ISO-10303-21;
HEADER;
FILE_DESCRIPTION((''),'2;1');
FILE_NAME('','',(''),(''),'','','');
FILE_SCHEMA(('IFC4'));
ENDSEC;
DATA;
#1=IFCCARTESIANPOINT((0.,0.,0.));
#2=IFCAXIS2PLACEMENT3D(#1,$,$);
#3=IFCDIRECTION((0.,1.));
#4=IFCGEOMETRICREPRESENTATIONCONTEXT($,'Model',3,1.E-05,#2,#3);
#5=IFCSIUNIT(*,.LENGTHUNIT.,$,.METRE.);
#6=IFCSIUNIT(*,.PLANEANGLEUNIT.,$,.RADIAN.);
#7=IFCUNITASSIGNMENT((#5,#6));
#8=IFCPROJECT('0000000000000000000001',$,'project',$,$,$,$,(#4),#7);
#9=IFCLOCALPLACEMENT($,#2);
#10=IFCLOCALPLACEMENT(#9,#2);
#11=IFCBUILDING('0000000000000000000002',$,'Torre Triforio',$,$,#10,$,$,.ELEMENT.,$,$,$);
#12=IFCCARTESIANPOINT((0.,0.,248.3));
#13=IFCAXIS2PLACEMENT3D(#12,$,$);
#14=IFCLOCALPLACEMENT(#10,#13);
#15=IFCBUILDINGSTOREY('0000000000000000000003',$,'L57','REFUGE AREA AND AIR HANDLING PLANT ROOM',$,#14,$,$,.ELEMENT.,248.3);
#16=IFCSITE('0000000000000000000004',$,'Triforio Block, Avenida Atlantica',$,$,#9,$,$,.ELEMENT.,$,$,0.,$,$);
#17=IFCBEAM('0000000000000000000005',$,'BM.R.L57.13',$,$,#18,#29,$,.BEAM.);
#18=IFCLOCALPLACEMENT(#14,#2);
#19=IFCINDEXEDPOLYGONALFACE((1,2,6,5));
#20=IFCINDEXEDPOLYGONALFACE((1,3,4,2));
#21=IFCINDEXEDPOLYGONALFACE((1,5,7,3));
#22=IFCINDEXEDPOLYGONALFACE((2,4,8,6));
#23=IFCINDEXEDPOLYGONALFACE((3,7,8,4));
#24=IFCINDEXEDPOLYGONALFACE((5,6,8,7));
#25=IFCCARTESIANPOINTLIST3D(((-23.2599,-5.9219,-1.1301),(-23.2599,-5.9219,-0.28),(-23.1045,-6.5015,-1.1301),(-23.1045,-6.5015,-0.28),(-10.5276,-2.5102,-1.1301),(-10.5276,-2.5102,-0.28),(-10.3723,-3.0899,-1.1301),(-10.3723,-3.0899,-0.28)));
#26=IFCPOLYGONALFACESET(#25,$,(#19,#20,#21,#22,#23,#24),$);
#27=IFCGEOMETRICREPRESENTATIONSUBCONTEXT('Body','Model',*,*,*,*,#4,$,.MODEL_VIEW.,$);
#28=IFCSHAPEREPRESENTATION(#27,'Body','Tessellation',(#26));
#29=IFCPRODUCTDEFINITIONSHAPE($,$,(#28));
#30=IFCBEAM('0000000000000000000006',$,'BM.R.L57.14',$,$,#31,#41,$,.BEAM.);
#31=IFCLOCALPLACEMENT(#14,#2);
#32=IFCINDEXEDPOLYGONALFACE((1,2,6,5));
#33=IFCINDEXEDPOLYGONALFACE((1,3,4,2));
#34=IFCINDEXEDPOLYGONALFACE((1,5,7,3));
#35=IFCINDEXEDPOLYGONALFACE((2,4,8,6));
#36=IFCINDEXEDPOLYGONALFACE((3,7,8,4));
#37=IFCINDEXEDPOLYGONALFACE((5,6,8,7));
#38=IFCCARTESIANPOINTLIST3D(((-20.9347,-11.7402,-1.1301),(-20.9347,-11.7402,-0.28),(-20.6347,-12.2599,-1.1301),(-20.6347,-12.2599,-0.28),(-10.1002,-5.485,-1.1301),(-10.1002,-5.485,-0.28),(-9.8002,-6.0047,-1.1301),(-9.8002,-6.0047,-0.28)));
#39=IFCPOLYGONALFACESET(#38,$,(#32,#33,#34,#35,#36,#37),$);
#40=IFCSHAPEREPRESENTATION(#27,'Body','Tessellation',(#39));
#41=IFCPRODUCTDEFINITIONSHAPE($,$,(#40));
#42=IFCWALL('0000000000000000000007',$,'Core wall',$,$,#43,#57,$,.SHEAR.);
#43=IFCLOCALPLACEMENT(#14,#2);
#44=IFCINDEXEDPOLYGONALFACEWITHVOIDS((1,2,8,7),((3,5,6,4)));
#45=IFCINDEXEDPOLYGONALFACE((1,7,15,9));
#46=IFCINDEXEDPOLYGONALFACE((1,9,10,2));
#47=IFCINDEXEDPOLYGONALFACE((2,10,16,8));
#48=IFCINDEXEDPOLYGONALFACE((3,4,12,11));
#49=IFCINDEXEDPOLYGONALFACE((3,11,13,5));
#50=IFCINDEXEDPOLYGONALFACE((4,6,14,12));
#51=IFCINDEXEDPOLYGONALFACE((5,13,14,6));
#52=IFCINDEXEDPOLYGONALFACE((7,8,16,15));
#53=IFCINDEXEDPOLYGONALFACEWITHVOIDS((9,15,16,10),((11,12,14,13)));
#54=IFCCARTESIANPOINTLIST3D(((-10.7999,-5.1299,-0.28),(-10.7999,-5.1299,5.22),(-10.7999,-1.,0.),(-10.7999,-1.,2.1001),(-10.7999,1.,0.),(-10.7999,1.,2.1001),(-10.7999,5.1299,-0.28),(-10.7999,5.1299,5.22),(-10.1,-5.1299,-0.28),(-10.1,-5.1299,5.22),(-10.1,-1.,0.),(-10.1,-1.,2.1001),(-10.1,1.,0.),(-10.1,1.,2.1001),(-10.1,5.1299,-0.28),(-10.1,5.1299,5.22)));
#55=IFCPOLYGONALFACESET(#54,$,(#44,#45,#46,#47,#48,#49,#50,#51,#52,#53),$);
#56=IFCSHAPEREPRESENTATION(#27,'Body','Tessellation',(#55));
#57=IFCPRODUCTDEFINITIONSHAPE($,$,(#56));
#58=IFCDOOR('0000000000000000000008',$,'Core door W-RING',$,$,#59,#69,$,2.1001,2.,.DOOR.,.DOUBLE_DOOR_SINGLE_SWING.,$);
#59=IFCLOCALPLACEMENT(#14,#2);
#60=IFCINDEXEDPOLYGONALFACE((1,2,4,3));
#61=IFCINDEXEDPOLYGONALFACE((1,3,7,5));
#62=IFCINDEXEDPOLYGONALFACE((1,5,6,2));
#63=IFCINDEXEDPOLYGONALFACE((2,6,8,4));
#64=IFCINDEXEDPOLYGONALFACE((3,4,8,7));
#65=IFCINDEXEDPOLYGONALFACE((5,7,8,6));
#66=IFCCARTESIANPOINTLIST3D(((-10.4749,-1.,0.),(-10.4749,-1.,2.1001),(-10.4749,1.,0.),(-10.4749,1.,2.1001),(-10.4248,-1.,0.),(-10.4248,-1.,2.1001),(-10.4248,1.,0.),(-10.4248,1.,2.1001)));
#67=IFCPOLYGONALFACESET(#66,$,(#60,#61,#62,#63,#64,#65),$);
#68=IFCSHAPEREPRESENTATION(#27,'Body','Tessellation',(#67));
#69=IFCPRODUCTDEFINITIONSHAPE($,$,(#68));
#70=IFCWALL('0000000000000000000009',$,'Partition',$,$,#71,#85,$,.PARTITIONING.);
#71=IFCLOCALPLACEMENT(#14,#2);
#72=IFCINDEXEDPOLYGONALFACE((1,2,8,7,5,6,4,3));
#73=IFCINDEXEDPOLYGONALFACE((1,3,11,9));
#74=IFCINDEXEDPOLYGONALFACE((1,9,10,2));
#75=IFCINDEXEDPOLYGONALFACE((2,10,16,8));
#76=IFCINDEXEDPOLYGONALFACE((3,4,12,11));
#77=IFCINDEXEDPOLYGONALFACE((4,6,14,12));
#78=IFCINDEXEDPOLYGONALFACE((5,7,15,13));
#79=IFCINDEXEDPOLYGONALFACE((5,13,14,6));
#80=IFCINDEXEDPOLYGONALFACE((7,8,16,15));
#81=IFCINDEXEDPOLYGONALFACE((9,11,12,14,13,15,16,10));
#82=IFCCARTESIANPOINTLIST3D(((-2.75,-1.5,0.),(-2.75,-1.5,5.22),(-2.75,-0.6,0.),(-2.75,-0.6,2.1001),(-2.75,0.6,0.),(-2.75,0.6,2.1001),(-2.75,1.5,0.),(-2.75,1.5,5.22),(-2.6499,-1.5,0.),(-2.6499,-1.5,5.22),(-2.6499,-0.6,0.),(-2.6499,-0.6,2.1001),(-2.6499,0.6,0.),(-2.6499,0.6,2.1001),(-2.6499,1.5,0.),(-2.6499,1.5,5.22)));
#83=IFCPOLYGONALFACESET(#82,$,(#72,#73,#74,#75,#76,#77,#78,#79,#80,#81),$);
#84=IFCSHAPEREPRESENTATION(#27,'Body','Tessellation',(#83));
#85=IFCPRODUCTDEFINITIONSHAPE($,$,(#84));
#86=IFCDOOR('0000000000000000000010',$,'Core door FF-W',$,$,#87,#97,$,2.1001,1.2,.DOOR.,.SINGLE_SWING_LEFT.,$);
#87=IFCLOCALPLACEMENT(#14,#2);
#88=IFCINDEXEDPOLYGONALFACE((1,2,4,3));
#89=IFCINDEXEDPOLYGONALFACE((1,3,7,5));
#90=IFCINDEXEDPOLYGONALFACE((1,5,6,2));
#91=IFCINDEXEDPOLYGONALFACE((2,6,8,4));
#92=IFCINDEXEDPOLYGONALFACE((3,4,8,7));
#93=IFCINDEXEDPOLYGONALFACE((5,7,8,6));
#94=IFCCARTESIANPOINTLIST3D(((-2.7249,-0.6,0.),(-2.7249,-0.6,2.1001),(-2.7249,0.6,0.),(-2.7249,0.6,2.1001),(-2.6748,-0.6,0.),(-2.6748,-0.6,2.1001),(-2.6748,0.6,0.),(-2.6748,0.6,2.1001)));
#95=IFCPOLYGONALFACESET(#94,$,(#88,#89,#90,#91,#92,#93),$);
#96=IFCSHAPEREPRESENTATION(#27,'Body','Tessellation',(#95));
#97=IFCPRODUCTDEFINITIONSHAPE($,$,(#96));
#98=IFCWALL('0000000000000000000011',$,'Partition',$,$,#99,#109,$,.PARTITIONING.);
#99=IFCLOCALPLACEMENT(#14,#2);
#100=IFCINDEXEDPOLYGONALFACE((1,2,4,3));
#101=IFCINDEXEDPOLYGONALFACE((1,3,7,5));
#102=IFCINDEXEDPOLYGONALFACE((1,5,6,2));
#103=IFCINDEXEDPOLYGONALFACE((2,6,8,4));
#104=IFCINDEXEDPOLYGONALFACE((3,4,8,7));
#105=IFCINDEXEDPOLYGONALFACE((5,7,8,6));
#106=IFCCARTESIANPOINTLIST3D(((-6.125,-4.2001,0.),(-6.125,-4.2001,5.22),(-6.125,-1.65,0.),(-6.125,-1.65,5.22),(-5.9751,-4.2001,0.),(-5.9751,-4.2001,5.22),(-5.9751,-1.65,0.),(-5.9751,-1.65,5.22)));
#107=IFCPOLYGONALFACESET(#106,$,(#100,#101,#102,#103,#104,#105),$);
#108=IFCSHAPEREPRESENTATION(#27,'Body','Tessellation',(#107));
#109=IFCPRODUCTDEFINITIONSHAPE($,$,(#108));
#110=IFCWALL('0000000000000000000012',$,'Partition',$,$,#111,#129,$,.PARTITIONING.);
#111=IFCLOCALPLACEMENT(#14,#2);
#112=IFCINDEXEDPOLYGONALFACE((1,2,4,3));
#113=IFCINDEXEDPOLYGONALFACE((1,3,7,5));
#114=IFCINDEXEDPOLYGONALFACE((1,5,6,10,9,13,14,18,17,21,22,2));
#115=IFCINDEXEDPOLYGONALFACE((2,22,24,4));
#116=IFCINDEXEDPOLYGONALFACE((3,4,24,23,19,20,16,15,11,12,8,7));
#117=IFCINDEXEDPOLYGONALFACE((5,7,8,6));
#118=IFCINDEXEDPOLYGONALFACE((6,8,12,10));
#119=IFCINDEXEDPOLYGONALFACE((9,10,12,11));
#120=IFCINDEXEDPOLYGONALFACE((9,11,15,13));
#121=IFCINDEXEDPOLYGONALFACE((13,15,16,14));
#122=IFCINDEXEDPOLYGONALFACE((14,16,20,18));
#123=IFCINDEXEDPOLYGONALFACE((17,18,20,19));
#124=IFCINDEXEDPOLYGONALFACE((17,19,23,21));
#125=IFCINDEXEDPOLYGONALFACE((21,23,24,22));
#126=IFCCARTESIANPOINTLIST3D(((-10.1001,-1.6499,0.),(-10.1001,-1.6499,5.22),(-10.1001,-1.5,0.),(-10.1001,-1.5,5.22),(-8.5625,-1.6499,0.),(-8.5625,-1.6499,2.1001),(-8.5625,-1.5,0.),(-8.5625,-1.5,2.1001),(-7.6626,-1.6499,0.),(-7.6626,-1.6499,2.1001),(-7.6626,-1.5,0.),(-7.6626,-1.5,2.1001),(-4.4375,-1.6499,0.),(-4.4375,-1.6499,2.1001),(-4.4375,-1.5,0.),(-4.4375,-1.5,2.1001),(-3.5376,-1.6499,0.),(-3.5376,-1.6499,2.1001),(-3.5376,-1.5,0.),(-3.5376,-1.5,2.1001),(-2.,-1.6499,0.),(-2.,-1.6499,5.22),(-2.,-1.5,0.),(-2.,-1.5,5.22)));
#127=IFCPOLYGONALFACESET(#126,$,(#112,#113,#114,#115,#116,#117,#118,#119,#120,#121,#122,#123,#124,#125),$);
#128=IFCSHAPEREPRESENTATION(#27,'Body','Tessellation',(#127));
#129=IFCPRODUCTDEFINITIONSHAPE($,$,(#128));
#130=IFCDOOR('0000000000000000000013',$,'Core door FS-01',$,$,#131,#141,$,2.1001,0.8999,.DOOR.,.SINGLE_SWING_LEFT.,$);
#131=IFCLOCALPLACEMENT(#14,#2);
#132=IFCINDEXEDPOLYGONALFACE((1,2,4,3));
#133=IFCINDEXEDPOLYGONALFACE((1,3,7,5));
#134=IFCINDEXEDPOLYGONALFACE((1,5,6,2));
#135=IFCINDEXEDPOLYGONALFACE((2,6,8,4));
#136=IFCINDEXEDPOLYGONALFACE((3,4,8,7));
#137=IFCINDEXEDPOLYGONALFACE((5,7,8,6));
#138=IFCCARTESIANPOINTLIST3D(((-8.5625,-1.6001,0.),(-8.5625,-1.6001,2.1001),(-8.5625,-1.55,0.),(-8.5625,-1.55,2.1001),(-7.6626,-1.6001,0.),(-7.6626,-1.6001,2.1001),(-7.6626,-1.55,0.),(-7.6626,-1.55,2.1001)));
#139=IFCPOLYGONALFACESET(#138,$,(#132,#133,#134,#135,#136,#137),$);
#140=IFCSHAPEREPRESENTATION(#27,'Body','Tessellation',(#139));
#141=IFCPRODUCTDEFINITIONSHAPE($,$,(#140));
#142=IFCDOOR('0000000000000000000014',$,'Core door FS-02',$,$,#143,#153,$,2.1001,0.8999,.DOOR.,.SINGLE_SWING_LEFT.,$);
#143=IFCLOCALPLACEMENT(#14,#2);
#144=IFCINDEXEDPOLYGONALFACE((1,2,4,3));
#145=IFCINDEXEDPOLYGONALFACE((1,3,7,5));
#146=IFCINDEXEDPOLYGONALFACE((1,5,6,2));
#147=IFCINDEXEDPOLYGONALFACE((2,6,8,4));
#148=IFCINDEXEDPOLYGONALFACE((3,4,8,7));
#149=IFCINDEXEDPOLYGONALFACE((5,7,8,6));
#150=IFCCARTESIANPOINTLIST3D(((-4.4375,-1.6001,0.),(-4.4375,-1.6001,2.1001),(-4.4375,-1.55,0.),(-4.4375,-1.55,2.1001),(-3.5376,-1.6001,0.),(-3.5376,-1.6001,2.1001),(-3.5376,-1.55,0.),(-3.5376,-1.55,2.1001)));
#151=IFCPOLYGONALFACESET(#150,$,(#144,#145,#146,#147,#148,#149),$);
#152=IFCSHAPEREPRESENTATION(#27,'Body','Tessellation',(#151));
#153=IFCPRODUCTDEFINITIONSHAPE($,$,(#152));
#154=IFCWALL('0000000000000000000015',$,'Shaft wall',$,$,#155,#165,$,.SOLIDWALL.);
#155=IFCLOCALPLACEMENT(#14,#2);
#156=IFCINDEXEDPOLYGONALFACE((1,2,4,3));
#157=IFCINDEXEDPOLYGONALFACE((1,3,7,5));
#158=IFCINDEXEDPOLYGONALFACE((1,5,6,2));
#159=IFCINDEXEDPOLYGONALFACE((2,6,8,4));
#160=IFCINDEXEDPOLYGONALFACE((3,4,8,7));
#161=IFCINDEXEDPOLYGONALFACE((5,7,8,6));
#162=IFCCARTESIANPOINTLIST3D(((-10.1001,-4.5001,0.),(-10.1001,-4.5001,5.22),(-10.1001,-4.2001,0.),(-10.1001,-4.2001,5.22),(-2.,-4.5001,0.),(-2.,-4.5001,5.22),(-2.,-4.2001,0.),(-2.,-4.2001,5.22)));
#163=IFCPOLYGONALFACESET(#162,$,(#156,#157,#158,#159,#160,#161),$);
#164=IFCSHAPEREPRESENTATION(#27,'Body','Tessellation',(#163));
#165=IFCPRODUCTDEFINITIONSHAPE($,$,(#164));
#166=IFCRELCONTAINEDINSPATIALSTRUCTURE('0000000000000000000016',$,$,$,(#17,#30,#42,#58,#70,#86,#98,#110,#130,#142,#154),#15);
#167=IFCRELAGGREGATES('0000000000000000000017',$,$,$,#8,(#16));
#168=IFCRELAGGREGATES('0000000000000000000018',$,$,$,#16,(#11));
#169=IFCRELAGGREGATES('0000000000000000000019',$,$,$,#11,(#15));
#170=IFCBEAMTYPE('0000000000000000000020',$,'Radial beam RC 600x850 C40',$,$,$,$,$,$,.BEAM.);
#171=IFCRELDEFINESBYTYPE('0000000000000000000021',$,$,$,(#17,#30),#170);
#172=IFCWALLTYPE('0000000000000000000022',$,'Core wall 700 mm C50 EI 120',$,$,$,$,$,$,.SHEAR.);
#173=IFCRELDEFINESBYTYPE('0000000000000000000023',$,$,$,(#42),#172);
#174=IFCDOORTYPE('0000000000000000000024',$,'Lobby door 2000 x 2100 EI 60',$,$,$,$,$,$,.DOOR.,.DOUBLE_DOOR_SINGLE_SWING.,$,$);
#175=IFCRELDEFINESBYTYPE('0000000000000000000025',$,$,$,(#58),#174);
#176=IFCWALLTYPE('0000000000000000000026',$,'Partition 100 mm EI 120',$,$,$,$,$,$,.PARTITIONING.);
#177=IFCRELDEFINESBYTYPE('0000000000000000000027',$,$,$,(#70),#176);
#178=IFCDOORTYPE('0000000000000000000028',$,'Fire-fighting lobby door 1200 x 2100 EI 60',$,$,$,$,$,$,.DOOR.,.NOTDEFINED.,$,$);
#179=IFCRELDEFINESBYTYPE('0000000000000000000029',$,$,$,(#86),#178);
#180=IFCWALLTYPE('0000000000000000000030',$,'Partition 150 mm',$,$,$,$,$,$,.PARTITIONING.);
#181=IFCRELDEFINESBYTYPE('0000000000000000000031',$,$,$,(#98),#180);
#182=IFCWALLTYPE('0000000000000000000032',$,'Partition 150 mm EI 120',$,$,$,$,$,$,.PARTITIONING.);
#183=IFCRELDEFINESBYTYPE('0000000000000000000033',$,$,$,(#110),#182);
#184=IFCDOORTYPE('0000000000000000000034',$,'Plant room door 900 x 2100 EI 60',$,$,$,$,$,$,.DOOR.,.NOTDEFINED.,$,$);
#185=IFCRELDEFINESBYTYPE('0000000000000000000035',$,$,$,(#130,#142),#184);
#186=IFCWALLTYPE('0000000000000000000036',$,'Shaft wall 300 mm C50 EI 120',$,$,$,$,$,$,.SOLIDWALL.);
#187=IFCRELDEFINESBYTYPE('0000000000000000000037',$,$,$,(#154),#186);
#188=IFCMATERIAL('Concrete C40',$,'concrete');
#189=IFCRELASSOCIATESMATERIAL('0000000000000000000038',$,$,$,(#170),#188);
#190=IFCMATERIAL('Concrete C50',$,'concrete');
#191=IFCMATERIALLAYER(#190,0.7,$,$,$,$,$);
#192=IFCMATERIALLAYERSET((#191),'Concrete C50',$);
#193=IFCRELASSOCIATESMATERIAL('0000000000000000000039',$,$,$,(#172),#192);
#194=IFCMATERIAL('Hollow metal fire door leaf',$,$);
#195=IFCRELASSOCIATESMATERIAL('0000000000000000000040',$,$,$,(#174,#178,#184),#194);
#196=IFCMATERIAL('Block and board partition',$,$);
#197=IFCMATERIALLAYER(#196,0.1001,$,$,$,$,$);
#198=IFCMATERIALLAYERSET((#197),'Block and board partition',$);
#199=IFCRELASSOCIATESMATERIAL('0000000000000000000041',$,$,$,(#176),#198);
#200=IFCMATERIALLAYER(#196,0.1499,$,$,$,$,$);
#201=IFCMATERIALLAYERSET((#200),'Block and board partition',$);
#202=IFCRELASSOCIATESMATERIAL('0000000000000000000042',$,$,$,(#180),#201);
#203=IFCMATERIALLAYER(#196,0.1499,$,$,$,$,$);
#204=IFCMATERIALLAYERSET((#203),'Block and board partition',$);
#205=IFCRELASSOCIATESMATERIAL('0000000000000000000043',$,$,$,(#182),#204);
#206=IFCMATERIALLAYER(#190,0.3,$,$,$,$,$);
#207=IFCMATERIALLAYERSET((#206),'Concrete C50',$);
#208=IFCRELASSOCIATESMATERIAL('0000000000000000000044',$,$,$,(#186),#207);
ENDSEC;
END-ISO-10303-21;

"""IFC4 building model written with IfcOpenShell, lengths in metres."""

from ifc_helpers import new_model, si_unit, direction, frame, frame_2d, origin, origin_2d, place, context, subcontext, project, spatial, rectangle, extrude, material, layer, layer_set, material_profile, profile_set, type_object, element, fill, save


model = new_model("IFC4")

# Units and contexts
model_context = context("Model", 3, precision=1e-05, world=origin(), true_north=direction((0.0, 1.0)))
body_context = subcontext(model_context, "Body", "Model", "MODEL_VIEW")
ifc_project = project(units=[si_unit("LENGTHUNIT", "METRE"), si_unit("PLANEANGLEUNIT", "RADIAN")], contexts=[model_context])

# Site, building, storey
site_placement = place(None, origin())
site = spatial("IfcSite", under=ifc_project, at=site_placement, Name="Triforio Block, Avenida Atlantica", CompositionType="ELEMENT", RefElevation=0.0)
building_placement = place(site_placement, origin())
building = spatial("IfcBuilding", under=site, at=building_placement, Name="Torre Triforio", CompositionType="ELEMENT")
storey_placement = place(building_placement, frame((0.0, 0.0, 248.3)))
storey = spatial("IfcBuildingStorey", under=building, at=storey_placement, Name="L57", Description="REFUGE AREA AND AIR HANDLING PLANT ROOM", CompositionType="ELEMENT", Elevation=248.3)

# Beams
ifc_material_1 = material(Name="Concrete C40", Category="concrete")
ifc_material_profile = material_profile(ifc_material_1, rectangle(XDim=0.6001, YDim=0.8501, at=origin_2d()), Name="RC 600x850")
ifc_profile_set = profile_set([ifc_material_profile], Name="Concrete C40")
beam_type = type_object("IfcBeamType", Name="Radial beam RC 600x850 C40", PredefinedType="BEAM", material=ifc_profile_set)
beam_1_placement = place(storey_placement, frame((-10.45, -2.8, -0.7051), z_axis=(-0.965925, -0.258822, 0.0), x_axis=(0.258822, -0.965925, 0.0)))
element("IfcBeam", 1, at=beam_1_placement, inside=storey, type_object=beam_type, Name="BM.R.L57.13", PredefinedType="BEAM", context=body_context, shape_type="SweptSolid", body=[
    extrude(rectangle(XDim=0.6001, YDim=0.8501, at=origin_2d()), origin(), (0.0, 0.0, 1.0), 13.1814),
])
beam_2_placement = place(storey_placement, frame((-9.9502, -5.7449, -0.7051), z_axis=(-0.866031, -0.49999, 0.0), x_axis=(0.49999, -0.866031, 0.0)))
element("IfcBeam", 2, at=beam_2_placement, inside=storey, type_object=beam_type, Name="BM.R.L57.14", PredefinedType="BEAM", context=body_context, shape_type="SweptSolid", body=[
    extrude(rectangle(XDim=0.6001, YDim=0.8501, at=origin_2d()), origin(), (0.0, 0.0, 1.0), 12.5105),
])

# Walls, openings, doors
ifc_material_2 = material(Name="Concrete C50", Category="concrete")
ifc_layer_1 = layer(ifc_material_2, 0.7)
ifc_layer_set_1 = layer_set([ifc_layer_1], Name="Concrete C50")
wall_type_1 = type_object("IfcWallType", Name="Core wall 700 mm C50 EI 120", PredefinedType="SHEAR", material=ifc_layer_set_1)
wall_1_placement = place(storey_placement, frame((-10.45, -5.1299, -0.28), z_axis=(0.0, 0.0, 1.0), x_axis=(0.0, 1.0, 0.0)))
wall_1 = element("IfcWall", 3, at=wall_1_placement, inside=storey, type_object=wall_type_1, Name="Core wall", PredefinedType="SHEAR", context=body_context, shape_type="SweptSolid", body=[
    extrude(rectangle(XDim=10.2598, YDim=0.7, at=frame_2d((5.1299, 0.0))), origin(), (0.0, 0.0, 1.0), 5.5),
])
opening_1_placement = place(wall_1_placement, frame((4.1299, 0.0, 0.28)))
opening_1 = element("IfcOpeningElement", 4, at=opening_1_placement, cuts=wall_1, PredefinedType="OPENING", context=body_context, shape_type="SweptSolid", body=[
    extrude(rectangle(XDim=2.0, YDim=2.1001, at=frame_2d((1.0, 1.05))), frame((0.0, 0.3599, 0.0), z_axis=(0.0, -1.0, 0.0), x_axis=(1.0, 0.0, 0.0)), (0.0, 0.0, 1.0), 0.72),
])
ifc_material_3 = material(Name="Hollow metal fire door leaf")
door_type_1 = type_object("IfcDoorType", Name="Lobby door 2000 x 2100 EI 60", OperationType="DOUBLE_DOOR_SINGLE_SWING", PredefinedType="DOOR", material=ifc_material_3)
door_1_placement = place(opening_1_placement, origin())
door_1 = element("IfcDoor", 5, at=door_1_placement, inside=storey, type_object=door_type_1, Name="Core door W-RING", OperationType="DOUBLE_DOOR_SINGLE_SWING", OverallHeight=2.1001, OverallWidth=2.0, PredefinedType="DOOR", context=body_context, shape_type="SweptSolid", body=[
    extrude(rectangle(XDim=2.0, YDim=2.1001, at=frame_2d((1.0, 1.05))), frame((0.0, 0.0249, 0.0), z_axis=(0.0, -1.0, 0.0), x_axis=(1.0, 0.0, 0.0)), (0.0, 0.0, 1.0), 0.05),
])
fill(opening_1, door_1)
ifc_material_4 = material(Name="Block and board partition")
ifc_layer_2 = layer(ifc_material_4, 0.1001)
ifc_layer_set_2 = layer_set([ifc_layer_2], Name="Block and board partition")
wall_type_2 = type_object("IfcWallType", Name="Partition 100 mm EI 120", PredefinedType="PARTITIONING", material=ifc_layer_set_2)
wall_2_placement = place(storey_placement, frame((-2.7, -1.5, 0.0), z_axis=(0.0, 0.0, 1.0), x_axis=(0.0, 1.0, 0.0)))
wall_2 = element("IfcWall", 6, at=wall_2_placement, inside=storey, type_object=wall_type_2, Name="Partition", PredefinedType="PARTITIONING", context=body_context, shape_type="SweptSolid", body=[
    extrude(rectangle(XDim=3.0, YDim=0.1001, at=frame_2d((1.5, 0.0))), origin(), (0.0, 0.0, 1.0), 5.22),
])
opening_2_placement = place(wall_2_placement, frame((0.8999, 0.0, 0.0)))
opening_2 = element("IfcOpeningElement", 7, at=opening_2_placement, cuts=wall_2, PredefinedType="OPENING", context=body_context, shape_type="SweptSolid", body=[
    extrude(rectangle(XDim=1.2, YDim=2.1001, at=frame_2d((0.6001, 1.05))), frame((0.0, 0.0601, 0.0), z_axis=(0.0, -1.0, 0.0), x_axis=(1.0, 0.0, 0.0)), (0.0, 0.0, 1.0), 0.1201),
])
door_type_2 = type_object("IfcDoorType", Name="Fire-fighting lobby door 1200 x 2100 EI 60", OperationType="NOTDEFINED", PredefinedType="DOOR", material=ifc_material_3)
door_2_placement = place(opening_2_placement, origin())
door_2 = element("IfcDoor", 8, at=door_2_placement, inside=storey, type_object=door_type_2, Name="Core door FF-W", OperationType="SINGLE_SWING_LEFT", OverallHeight=2.1001, OverallWidth=1.2, PredefinedType="DOOR", context=body_context, shape_type="SweptSolid", body=[
    extrude(rectangle(XDim=1.2, YDim=2.1001, at=frame_2d((0.6001, 1.05))), frame((0.0, 0.0249, 0.0), z_axis=(0.0, -1.0, 0.0), x_axis=(1.0, 0.0, 0.0)), (0.0, 0.0, 1.0), 0.05),
])
fill(opening_2, door_2)

# Wall
ifc_layer_3 = layer(ifc_material_4, 0.1499)
ifc_layer_set_3 = layer_set([ifc_layer_3], Name="Block and board partition")
wall_type_3 = type_object("IfcWallType", Name="Partition 150 mm", PredefinedType="PARTITIONING", material=ifc_layer_set_3)
wall_3_placement = place(storey_placement, frame((-6.05, -4.2, 0.0), z_axis=(0.0, 0.0, 1.0), x_axis=(0.0, 1.0, 0.0)))
element("IfcWall", 9, at=wall_3_placement, inside=storey, type_object=wall_type_3, Name="Partition", PredefinedType="PARTITIONING", context=body_context, shape_type="SweptSolid", body=[
    extrude(rectangle(XDim=2.55, YDim=0.1499, at=frame_2d((1.2749, 0.0))), origin(), (0.0, 0.0, 1.0), 5.22),
])

# Wall, openings, doors
ifc_layer_4 = layer(ifc_material_4, 0.1499)
ifc_layer_set_4 = layer_set([ifc_layer_4], Name="Block and board partition")
wall_type_4 = type_object("IfcWallType", Name="Partition 150 mm EI 120", PredefinedType="PARTITIONING", material=ifc_layer_set_4)
wall_4_placement = place(storey_placement, frame((-10.1001, -1.575, 0.0), z_axis=(0.0, 0.0, 1.0), x_axis=(1.0, 0.0, 0.0)))
wall_4 = element("IfcWall", 10, at=wall_4_placement, inside=storey, type_object=wall_type_4, Name="Partition", PredefinedType="PARTITIONING", context=body_context, shape_type="SweptSolid", body=[
    extrude(rectangle(XDim=8.1001, YDim=0.1499, at=frame_2d((4.05, 0.0))), origin(), (0.0, 0.0, 1.0), 5.22),
])
opening_3_placement = place(wall_4_placement, frame((1.5376, 0.0, 0.0)))
opening_3 = element("IfcOpeningElement", 11, at=opening_3_placement, cuts=wall_4, PredefinedType="OPENING", context=body_context, shape_type="SweptSolid", body=[
    extrude(rectangle(XDim=0.8999, YDim=2.1001, at=frame_2d((0.45, 1.05))), frame((0.0, 0.085, 0.0), z_axis=(0.0, -1.0, 0.0), x_axis=(1.0, 0.0, 0.0)), (0.0, 0.0, 1.0), 0.1699),
])
opening_4_placement = place(wall_4_placement, frame((5.6626, 0.0, 0.0)))
opening_4 = element("IfcOpeningElement", 12, at=opening_4_placement, cuts=wall_4, PredefinedType="OPENING", context=body_context, shape_type="SweptSolid", body=[
    extrude(rectangle(XDim=0.8999, YDim=2.1001, at=frame_2d((0.45, 1.05))), frame((0.0, 0.085, 0.0), z_axis=(0.0, -1.0, 0.0), x_axis=(1.0, 0.0, 0.0)), (0.0, 0.0, 1.0), 0.1699),
])
door_type_3 = type_object("IfcDoorType", Name="Plant room door 900 x 2100 EI 60", OperationType="NOTDEFINED", PredefinedType="DOOR", material=ifc_material_3)
door_3_placement = place(opening_3_placement, origin())
door_3 = element("IfcDoor", 13, at=door_3_placement, inside=storey, type_object=door_type_3, Name="Core door FS-01", OperationType="SINGLE_SWING_LEFT", OverallHeight=2.1001, OverallWidth=0.8999, PredefinedType="DOOR", context=body_context, shape_type="SweptSolid", body=[
    extrude(rectangle(XDim=0.8999, YDim=2.1001, at=frame_2d((0.45, 1.05))), frame((0.0, 0.0249, 0.0), z_axis=(0.0, -1.0, 0.0), x_axis=(1.0, 0.0, 0.0)), (0.0, 0.0, 1.0), 0.05),
])
fill(opening_3, door_3)
door_4_placement = place(opening_4_placement, origin())
door_4 = element("IfcDoor", 14, at=door_4_placement, inside=storey, type_object=door_type_3, Name="Core door FS-02", OperationType="SINGLE_SWING_LEFT", OverallHeight=2.1001, OverallWidth=0.8999, PredefinedType="DOOR", context=body_context, shape_type="SweptSolid", body=[
    extrude(rectangle(XDim=0.8999, YDim=2.1001, at=frame_2d((0.45, 1.05))), frame((0.0, 0.0249, 0.0), z_axis=(0.0, -1.0, 0.0), x_axis=(1.0, 0.0, 0.0)), (0.0, 0.0, 1.0), 0.05),
])
fill(opening_4, door_4)

# Wall
ifc_layer_5 = layer(ifc_material_2, 0.3)
ifc_layer_set_5 = layer_set([ifc_layer_5], Name="Concrete C50")
wall_type_5 = type_object("IfcWallType", Name="Shaft wall 300 mm C50 EI 120", PredefinedType="SOLIDWALL", material=ifc_layer_set_5)
wall_5_placement = place(storey_placement, frame((-10.1001, -4.3501, 0.0), z_axis=(0.0, 0.0, 1.0), x_axis=(1.0, 0.0, 0.0)))
element("IfcWall", 15, at=wall_5_placement, inside=storey, type_object=wall_type_5, Name="Shaft wall", PredefinedType="SOLIDWALL", context=body_context, shape_type="SweptSolid", body=[
    extrude(rectangle(XDim=8.1001, YDim=0.3, at=frame_2d((4.05, 0.0))), origin(), (0.0, 0.0, 1.0), 5.22),
])

save(model, "model.ifc")
